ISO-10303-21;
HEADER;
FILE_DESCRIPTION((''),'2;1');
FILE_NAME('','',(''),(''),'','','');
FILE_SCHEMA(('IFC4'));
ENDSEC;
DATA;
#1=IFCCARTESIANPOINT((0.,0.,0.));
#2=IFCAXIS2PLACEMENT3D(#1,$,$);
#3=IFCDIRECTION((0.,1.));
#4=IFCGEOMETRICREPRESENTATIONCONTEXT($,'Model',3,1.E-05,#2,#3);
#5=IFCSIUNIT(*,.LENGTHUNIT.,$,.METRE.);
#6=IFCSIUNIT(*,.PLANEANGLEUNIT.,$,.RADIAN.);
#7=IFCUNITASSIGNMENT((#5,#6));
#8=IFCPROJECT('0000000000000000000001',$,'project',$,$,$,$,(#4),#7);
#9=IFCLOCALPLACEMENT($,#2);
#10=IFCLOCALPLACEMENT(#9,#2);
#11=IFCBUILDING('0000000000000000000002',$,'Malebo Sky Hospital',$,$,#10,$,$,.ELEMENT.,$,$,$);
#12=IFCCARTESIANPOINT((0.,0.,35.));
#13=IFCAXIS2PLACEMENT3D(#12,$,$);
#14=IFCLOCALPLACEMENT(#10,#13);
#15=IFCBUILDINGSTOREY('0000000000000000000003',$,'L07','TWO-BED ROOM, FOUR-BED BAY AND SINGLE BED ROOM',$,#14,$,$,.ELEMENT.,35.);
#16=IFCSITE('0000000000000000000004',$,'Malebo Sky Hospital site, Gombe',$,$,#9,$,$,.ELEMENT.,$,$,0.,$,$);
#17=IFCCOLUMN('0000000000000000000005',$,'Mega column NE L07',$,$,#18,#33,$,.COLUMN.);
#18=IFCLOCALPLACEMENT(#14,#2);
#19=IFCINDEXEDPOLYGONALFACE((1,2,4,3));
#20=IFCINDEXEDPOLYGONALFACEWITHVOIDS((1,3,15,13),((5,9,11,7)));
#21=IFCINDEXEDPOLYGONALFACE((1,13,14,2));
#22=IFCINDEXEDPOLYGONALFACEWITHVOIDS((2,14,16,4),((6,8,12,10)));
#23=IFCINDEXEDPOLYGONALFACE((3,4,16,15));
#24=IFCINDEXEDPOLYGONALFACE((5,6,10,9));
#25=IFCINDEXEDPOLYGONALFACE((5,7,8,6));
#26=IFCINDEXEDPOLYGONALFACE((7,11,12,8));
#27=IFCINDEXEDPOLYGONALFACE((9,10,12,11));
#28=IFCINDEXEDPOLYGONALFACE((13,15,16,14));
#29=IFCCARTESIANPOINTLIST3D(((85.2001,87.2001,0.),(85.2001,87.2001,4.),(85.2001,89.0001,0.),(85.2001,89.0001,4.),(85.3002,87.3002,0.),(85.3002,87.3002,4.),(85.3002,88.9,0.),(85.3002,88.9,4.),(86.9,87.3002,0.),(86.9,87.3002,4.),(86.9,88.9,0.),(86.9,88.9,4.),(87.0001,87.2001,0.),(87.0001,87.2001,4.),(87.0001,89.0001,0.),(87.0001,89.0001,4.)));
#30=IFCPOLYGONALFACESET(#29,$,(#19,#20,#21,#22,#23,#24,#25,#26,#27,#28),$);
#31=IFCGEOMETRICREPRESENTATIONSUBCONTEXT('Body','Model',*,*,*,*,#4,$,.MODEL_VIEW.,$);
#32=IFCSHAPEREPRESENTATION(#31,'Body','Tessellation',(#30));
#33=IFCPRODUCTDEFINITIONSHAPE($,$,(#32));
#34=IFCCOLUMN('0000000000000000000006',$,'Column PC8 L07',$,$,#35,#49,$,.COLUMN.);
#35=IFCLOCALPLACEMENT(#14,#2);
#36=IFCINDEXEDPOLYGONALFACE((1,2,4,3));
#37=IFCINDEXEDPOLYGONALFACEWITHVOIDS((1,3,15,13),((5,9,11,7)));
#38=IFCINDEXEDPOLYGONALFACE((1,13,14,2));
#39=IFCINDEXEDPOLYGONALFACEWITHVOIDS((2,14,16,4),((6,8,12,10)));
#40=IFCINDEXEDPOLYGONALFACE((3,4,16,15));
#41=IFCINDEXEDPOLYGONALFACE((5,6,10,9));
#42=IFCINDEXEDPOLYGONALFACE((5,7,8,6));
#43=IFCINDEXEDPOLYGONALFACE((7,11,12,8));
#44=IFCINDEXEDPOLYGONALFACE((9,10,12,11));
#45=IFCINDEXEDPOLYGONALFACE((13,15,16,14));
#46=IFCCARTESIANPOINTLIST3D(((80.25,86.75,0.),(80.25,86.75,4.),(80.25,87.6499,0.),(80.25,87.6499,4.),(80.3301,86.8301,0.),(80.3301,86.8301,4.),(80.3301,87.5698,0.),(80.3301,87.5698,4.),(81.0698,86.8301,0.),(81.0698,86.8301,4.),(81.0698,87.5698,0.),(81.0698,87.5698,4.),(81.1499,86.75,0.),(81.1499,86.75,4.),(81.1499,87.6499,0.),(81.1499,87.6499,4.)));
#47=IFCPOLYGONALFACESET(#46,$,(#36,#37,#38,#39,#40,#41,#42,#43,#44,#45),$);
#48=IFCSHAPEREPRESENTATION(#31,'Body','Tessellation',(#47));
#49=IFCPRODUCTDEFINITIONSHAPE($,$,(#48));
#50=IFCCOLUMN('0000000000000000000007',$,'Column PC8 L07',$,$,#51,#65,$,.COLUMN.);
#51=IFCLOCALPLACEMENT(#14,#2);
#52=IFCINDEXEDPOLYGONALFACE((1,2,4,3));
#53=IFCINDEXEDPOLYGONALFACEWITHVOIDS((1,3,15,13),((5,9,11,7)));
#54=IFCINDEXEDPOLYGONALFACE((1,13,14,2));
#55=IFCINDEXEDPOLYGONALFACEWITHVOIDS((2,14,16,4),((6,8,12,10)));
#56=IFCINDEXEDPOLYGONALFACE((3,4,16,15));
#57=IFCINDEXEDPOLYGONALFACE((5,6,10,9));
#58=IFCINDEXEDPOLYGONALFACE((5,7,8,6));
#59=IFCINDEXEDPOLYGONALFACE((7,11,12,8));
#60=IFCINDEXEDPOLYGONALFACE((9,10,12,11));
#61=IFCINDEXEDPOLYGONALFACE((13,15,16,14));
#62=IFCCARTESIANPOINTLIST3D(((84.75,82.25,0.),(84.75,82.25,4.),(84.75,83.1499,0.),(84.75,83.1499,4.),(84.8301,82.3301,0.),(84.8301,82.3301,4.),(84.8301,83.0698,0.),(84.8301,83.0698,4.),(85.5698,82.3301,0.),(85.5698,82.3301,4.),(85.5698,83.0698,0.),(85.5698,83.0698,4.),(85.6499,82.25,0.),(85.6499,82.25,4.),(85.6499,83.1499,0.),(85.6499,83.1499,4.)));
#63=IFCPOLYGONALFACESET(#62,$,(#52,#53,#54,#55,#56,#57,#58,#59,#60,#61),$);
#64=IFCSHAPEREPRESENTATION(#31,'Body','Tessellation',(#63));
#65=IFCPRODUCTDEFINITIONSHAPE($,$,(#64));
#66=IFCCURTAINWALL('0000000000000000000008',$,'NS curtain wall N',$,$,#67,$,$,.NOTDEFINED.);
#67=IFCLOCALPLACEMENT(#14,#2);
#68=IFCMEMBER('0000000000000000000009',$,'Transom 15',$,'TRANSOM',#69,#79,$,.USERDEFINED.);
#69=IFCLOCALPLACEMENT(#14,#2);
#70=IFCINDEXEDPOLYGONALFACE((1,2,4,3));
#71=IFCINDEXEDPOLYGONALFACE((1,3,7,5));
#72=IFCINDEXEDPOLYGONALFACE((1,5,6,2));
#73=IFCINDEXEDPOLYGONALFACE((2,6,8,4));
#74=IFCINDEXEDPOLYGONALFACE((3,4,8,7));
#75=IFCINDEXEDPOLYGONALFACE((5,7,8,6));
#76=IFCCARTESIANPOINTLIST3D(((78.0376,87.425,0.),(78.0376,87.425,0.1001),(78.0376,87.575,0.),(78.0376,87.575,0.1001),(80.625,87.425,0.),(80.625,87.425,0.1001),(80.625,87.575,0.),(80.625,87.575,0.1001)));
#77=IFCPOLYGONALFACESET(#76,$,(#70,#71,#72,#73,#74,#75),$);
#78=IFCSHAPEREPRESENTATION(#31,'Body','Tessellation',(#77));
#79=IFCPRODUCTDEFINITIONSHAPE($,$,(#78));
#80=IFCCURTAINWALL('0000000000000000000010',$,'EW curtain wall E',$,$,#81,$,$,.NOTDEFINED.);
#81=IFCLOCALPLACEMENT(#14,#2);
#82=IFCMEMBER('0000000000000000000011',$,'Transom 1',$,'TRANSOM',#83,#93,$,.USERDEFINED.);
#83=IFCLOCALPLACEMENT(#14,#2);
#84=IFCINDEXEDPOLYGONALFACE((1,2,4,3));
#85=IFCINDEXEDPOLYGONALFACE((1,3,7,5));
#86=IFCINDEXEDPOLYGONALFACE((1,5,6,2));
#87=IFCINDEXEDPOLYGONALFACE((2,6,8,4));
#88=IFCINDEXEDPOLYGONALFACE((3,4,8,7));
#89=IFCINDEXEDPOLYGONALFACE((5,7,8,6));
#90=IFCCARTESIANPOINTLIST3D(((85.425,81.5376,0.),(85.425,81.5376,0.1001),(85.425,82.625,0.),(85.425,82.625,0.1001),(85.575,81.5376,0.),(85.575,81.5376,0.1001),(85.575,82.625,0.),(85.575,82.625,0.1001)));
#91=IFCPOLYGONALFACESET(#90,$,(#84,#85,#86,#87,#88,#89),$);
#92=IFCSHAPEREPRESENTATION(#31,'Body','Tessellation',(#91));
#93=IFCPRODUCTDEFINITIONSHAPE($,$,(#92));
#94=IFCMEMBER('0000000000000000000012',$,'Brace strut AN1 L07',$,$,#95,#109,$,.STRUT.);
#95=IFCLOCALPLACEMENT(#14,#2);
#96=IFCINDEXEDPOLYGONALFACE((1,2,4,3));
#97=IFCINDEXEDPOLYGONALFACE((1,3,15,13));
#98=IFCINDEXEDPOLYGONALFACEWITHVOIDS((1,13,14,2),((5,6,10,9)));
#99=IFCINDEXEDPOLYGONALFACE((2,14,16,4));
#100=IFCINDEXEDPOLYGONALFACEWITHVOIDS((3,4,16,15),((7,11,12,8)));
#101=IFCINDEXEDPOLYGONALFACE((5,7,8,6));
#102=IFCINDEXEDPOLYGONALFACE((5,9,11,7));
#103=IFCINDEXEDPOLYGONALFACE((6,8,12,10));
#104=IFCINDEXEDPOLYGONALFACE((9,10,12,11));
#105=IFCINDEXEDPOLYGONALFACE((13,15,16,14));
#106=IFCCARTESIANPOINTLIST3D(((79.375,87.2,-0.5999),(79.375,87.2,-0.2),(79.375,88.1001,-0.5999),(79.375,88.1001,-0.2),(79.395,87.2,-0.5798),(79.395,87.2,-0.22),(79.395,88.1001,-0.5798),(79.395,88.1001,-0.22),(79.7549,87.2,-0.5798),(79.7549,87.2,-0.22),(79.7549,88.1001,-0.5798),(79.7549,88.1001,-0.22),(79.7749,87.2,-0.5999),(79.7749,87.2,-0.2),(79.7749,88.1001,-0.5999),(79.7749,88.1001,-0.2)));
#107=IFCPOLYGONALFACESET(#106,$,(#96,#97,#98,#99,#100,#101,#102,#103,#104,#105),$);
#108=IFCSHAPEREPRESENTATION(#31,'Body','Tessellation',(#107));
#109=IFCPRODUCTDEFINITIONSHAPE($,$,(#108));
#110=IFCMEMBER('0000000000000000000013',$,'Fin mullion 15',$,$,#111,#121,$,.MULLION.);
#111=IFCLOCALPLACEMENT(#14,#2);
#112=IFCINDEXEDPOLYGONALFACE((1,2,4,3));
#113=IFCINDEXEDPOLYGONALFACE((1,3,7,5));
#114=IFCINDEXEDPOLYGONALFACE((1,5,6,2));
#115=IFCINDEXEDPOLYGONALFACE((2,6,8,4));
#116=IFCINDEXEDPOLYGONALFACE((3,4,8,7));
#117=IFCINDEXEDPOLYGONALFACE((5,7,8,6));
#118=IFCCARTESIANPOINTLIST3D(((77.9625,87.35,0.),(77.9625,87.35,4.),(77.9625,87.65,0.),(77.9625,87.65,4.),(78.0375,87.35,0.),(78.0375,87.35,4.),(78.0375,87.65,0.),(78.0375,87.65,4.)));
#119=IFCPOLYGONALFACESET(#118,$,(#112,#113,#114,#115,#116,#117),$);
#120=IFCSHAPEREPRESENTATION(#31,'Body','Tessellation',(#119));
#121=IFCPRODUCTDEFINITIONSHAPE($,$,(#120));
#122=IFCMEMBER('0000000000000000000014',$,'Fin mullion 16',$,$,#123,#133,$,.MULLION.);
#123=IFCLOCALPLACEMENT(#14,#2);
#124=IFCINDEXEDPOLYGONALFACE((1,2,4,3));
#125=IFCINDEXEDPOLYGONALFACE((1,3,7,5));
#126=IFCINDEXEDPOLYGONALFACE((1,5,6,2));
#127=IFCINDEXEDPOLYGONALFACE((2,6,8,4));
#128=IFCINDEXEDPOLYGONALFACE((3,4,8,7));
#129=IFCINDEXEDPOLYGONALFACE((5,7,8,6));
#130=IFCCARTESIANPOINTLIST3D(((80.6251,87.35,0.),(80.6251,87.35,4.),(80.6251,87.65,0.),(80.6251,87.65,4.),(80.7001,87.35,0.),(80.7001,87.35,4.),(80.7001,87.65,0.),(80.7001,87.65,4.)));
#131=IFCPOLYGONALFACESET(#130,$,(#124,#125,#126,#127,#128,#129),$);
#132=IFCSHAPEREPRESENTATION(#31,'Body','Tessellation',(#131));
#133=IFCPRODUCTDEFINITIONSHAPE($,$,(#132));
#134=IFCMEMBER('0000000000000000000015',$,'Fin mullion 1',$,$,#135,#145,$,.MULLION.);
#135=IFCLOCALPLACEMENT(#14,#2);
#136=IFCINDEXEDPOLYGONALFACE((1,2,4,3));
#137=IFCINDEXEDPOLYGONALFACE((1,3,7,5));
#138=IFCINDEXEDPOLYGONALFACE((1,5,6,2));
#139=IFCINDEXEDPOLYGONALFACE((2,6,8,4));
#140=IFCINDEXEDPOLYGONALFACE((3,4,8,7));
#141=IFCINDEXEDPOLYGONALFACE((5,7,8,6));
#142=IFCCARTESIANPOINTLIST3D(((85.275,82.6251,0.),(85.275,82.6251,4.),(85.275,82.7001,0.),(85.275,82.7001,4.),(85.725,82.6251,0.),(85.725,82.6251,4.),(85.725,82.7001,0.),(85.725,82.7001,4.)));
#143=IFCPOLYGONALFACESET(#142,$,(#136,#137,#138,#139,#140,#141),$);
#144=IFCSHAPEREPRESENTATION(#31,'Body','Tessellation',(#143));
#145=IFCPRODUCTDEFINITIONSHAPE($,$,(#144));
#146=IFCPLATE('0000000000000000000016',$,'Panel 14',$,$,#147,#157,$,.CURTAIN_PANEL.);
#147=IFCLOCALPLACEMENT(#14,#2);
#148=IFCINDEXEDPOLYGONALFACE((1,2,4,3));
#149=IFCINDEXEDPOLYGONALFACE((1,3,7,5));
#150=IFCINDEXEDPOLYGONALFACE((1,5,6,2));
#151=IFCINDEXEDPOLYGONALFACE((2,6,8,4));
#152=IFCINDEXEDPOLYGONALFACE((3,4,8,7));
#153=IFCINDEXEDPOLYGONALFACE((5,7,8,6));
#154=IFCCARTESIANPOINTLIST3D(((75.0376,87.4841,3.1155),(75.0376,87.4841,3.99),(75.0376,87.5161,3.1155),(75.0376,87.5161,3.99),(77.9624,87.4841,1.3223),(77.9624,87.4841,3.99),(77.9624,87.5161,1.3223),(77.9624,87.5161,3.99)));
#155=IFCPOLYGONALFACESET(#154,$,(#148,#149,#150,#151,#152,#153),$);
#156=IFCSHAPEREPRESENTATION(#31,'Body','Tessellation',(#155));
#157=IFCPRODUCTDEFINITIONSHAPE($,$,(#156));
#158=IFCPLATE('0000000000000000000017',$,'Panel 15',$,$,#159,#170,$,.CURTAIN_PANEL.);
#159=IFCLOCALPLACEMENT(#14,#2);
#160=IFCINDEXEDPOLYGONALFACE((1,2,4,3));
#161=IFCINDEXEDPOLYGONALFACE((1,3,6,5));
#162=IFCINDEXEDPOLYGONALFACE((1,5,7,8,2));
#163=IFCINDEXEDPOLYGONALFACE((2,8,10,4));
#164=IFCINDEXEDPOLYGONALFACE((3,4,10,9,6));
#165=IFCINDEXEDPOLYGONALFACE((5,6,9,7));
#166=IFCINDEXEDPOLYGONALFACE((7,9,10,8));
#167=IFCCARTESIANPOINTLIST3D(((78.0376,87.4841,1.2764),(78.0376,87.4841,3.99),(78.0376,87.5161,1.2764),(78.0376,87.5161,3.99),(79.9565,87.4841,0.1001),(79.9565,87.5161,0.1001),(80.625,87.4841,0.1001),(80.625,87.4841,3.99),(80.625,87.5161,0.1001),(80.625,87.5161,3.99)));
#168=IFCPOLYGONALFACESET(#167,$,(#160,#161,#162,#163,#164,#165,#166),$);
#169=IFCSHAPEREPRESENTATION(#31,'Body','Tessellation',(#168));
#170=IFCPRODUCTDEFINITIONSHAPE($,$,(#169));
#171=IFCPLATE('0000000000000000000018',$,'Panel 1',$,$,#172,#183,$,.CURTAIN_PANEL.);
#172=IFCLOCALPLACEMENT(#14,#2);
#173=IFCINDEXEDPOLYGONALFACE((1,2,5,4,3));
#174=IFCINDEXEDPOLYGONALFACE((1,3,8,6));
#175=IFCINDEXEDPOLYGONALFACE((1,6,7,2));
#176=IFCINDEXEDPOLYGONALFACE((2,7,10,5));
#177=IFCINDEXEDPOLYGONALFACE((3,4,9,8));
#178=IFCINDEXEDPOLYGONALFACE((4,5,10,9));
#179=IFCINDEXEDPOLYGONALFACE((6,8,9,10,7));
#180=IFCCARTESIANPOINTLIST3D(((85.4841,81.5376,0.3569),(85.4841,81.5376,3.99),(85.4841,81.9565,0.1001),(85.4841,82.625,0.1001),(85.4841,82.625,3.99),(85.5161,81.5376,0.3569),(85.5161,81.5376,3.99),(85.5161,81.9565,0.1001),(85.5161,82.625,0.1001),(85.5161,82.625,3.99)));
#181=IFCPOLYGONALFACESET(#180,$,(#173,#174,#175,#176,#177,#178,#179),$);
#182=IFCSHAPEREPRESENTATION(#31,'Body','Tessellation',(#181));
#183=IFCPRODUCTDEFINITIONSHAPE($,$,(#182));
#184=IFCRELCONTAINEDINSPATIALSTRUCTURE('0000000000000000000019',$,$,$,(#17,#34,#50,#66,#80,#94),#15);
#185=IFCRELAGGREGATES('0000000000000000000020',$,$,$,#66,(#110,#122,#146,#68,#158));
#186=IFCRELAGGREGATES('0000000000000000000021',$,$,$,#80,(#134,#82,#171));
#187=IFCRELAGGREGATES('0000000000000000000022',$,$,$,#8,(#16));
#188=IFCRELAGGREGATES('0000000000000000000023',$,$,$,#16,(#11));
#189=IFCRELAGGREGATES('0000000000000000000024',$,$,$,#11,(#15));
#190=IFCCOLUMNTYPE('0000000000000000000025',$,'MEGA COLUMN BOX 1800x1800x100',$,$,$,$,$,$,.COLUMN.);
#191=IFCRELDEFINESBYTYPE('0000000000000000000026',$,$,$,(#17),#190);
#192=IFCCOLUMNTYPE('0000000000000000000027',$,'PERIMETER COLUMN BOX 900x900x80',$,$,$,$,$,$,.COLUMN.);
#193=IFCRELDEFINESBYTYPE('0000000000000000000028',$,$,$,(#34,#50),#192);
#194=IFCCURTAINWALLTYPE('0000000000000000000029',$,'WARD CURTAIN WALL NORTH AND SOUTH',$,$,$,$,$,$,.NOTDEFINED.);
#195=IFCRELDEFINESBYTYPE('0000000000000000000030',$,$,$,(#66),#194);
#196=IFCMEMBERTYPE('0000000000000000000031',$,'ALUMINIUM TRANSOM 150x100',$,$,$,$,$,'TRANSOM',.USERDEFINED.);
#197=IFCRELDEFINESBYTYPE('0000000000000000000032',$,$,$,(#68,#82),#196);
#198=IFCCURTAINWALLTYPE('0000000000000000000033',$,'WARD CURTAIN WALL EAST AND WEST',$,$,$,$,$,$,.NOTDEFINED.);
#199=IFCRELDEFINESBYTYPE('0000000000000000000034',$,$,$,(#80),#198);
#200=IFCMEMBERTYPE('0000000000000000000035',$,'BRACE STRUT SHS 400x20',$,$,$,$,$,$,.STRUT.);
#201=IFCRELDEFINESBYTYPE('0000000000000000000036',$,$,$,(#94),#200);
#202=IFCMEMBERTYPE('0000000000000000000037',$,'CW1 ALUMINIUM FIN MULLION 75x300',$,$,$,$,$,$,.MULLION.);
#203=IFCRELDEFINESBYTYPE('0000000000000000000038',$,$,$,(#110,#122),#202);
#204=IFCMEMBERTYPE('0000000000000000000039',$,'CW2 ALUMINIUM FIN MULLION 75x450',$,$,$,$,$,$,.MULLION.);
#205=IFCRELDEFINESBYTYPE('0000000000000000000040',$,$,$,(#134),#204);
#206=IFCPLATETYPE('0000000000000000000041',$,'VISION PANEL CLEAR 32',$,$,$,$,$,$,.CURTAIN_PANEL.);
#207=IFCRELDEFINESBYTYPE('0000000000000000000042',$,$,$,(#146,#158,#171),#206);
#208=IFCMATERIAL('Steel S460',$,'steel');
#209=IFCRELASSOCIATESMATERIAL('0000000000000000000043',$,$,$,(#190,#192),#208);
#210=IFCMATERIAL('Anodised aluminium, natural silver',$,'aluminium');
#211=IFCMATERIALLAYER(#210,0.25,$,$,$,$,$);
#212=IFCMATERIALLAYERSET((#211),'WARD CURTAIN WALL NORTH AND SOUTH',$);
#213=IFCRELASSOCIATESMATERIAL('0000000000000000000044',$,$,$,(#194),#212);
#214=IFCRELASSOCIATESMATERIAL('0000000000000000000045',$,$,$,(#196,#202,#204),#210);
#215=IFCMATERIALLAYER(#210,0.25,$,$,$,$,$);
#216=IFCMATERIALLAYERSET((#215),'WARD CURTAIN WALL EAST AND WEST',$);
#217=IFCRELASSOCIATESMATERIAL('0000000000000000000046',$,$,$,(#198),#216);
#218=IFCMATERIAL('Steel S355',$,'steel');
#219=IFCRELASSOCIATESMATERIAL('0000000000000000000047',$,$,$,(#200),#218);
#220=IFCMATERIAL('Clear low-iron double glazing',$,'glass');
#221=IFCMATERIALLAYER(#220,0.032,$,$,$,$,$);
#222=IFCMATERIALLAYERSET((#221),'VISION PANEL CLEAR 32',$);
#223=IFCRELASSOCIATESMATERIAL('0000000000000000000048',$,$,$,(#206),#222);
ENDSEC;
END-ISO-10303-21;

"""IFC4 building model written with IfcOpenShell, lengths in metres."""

from ifc_helpers import new_model, si_unit, direction, frame, origin, origin_2d, place, context, subcontext, project, spatial, polyline, rectangle, hollow_rectangle, outline, extrude, material, layer, layer_set, material_profile, profile_set, type_object, element, aggregate, save


model = new_model("IFC4")

# Units and contexts
model_context = context("Model", 3, precision=1e-05, world=origin(), true_north=direction((0.0, 1.0)))
body_context = subcontext(model_context, "Body", "Model", "MODEL_VIEW")
ifc_project = project(units=[si_unit("LENGTHUNIT", "METRE"), si_unit("PLANEANGLEUNIT", "RADIAN")], contexts=[model_context])

# Site, building, storey
site_placement = place(None, origin())
site = spatial("IfcSite", under=ifc_project, at=site_placement, Name="Malebo Sky Hospital site, Gombe", CompositionType="ELEMENT", RefElevation=0.0)
building_placement = place(site_placement, origin())
building = spatial("IfcBuilding", under=site, at=building_placement, Name="Malebo Sky Hospital", CompositionType="ELEMENT")
storey_placement = place(building_placement, frame((0.0, 0.0, 35.0)))
storey = spatial("IfcBuildingStorey", under=building, at=storey_placement, Name="L07", Description="TWO-BED ROOM, FOUR-BED BAY AND SINGLE BED ROOM", CompositionType="ELEMENT", Elevation=35.0)

# Columns
ifc_material_1 = material(Name="Steel S460", Category="steel")
ifc_material_profile_1 = material_profile(ifc_material_1, hollow_rectangle(XDim=1.8, YDim=1.8, WallThickness=0.1001, at=origin_2d()), Name="BOX 1800x1800x100")
ifc_profile_set_1 = profile_set([ifc_material_profile_1], Name="Steel S460")
column_type_1 = type_object("IfcColumnType", Name="MEGA COLUMN BOX 1800x1800x100", PredefinedType="COLUMN", material=ifc_profile_set_1)
column_placement = place(storey_placement, frame((86.1001, 88.1001, 0.0), z_axis=(0.0, 0.0, 1.0), x_axis=(1.0, 0.0, 0.0)))
element("IfcColumn", 1, at=column_placement, inside=storey, type_object=column_type_1, Name="Mega column NE L07", PredefinedType="COLUMN", context=body_context, shape_type="SweptSolid", body=[
    extrude(hollow_rectangle(XDim=1.8, YDim=1.8, WallThickness=0.1001, at=origin_2d()), origin(), (0.0, 0.0, 1.0), 4.0),
])
ifc_material_profile_2 = material_profile(ifc_material_1, hollow_rectangle(XDim=0.8999, YDim=0.8999, WallThickness=0.0801, at=origin_2d()), Name="BOX 900x900x80")
ifc_profile_set_2 = profile_set([ifc_material_profile_2], Name="Steel S460")
column_type_2 = type_object("IfcColumnType", Name="PERIMETER COLUMN BOX 900x900x80", PredefinedType="COLUMN", material=ifc_profile_set_2)
for number, where, z_axis, x_axis, name in (
    (2, (80.7, 87.2, 0.0), (0.0, 0.0, 1.0), (1.0, 0.0, 0.0), "Column PC8 L07"),
    (3, (85.2, 82.7, 0.0), (0.0, 0.0, 1.0), (1.0, 0.0, 0.0), "Column PC8 L07"),
):
    element("IfcColumn", number, at=place(storey_placement, frame(where, z_axis=z_axis, x_axis=x_axis)), inside=storey, type_object=column_type_2, Name=name, PredefinedType="COLUMN", context=body_context, shape_type="SweptSolid", body=[
        extrude(hollow_rectangle(XDim=0.8999, YDim=0.8999, WallThickness=0.0801, at=origin_2d()), origin(), (0.0, 0.0, 1.0), 4.0),
    ])

# Curtain walls, members
ifc_material_2 = material(Name="Anodised aluminium, natural silver", Category="aluminium")
ifc_layer_1 = layer(ifc_material_2, 0.25)
ifc_layer_set_1 = layer_set([ifc_layer_1], Name="WARD CURTAIN WALL NORTH AND SOUTH")
curtain_wall_type_1 = type_object("IfcCurtainWallType", Name="WARD CURTAIN WALL NORTH AND SOUTH", PredefinedType="NOTDEFINED", material=ifc_layer_set_1)
curtain_wall_1_placement = place(storey_placement, origin())
curtain_wall_1 = element("IfcCurtainWall", 4, at=curtain_wall_1_placement, inside=storey, type_object=curtain_wall_type_1, Name="NS curtain wall N", PredefinedType="NOTDEFINED")
ifc_material_profile_3 = material_profile(ifc_material_2, rectangle(XDim=0.1499, YDim=0.1001, at=origin_2d()), Name="ALUMINIUM TRANSOM 150x100")
ifc_profile_set_3 = profile_set([ifc_material_profile_3], Name="Anodised aluminium, natural silver")
member_type_1 = type_object("IfcMemberType", Name="ALUMINIUM TRANSOM 150x100", ElementType="TRANSOM", PredefinedType="USERDEFINED", material=ifc_profile_set_3)
member_1_placement = place(storey_placement, frame((78.0376, 87.5, 0.05), z_axis=(1.0, 0.0, 0.0), x_axis=(0.0, 1.0, 0.0)))
member_1 = element("IfcMember", 5, at=member_1_placement, type_object=member_type_1, Name="Transom 15", ObjectType="TRANSOM", PredefinedType="USERDEFINED", context=body_context, shape_type="SweptSolid", body=[
    extrude(rectangle(XDim=0.1499, YDim=0.1001, at=origin_2d()), origin(), (0.0, 0.0, 1.0), 2.5874),
])
ifc_layer_2 = layer(ifc_material_2, 0.25)
ifc_layer_set_2 = layer_set([ifc_layer_2], Name="WARD CURTAIN WALL EAST AND WEST")
curtain_wall_type_2 = type_object("IfcCurtainWallType", Name="WARD CURTAIN WALL EAST AND WEST", PredefinedType="NOTDEFINED", material=ifc_layer_set_2)
curtain_wall_2_placement = place(storey_placement, origin())
curtain_wall_2 = element("IfcCurtainWall", 6, at=curtain_wall_2_placement, inside=storey, type_object=curtain_wall_type_2, Name="EW curtain wall E", PredefinedType="NOTDEFINED")
member_2_placement = place(storey_placement, frame((85.5, 82.625, 0.05), z_axis=(0.0, -1.0, 0.0), x_axis=(1.0, 0.0, 0.0)))
member_2 = element("IfcMember", 7, at=member_2_placement, type_object=member_type_1, Name="Transom 1", ObjectType="TRANSOM", PredefinedType="USERDEFINED", context=body_context, shape_type="SweptSolid", body=[
    extrude(rectangle(XDim=0.1499, YDim=0.1001, at=origin_2d()), origin(), (0.0, 0.0, 1.0), 1.0874),
])

# Members
ifc_material_3 = material(Name="Steel S355", Category="steel")
ifc_material_profile_4 = material_profile(ifc_material_3, hollow_rectangle(XDim=0.3999, YDim=0.3999, WallThickness=0.02, at=origin_2d()), Name="SHS 400x20")
ifc_profile_set_4 = profile_set([ifc_material_profile_4], Name="Steel S355")
member_type_2 = type_object("IfcMemberType", Name="BRACE STRUT SHS 400x20", PredefinedType="STRUT", material=ifc_profile_set_4)
member_3_placement = place(storey_placement, frame((79.575, 88.1001, -0.3999), z_axis=(0.0, -1.0, 0.0), x_axis=(1.0, 0.0, 0.0)))
element("IfcMember", 8, at=member_3_placement, inside=storey, type_object=member_type_2, Name="Brace strut AN1 L07", PredefinedType="STRUT", context=body_context, shape_type="SweptSolid", body=[
    extrude(hollow_rectangle(XDim=0.3999, YDim=0.3999, WallThickness=0.02, at=origin_2d()), origin(), (0.0, 0.0, 1.0), 0.9001),
])
ifc_material_profile_5 = material_profile(ifc_material_2, rectangle(XDim=0.075, YDim=0.3, at=origin_2d()), Name="CW1 ALUMINIUM FIN MULLION 75x300")
ifc_profile_set_5 = profile_set([ifc_material_profile_5], Name="Anodised aluminium, natural silver")
member_type_3 = type_object("IfcMemberType", Name="CW1 ALUMINIUM FIN MULLION 75x300", PredefinedType="MULLION", material=ifc_profile_set_5)
member_4_placement = place(storey_placement, frame((78.0, 87.5, 0.0), z_axis=(0.0, 0.0, 1.0), x_axis=(1.0, 0.0, 0.0)))
member_4 = element("IfcMember", 9, at=member_4_placement, type_object=member_type_3, Name="Fin mullion 15", PredefinedType="MULLION", context=body_context, shape_type="SweptSolid", body=[
    extrude(rectangle(XDim=0.075, YDim=0.3, at=origin_2d()), origin(), (0.0, 0.0, 1.0), 4.0),
])
member_5_placement = place(storey_placement, frame((80.6626, 87.5, 0.0), z_axis=(0.0, 0.0, 1.0), x_axis=(1.0, 0.0, 0.0)))
member_5 = element("IfcMember", 10, at=member_5_placement, type_object=member_type_3, Name="Fin mullion 16", PredefinedType="MULLION", context=body_context, shape_type="SweptSolid", body=[
    extrude(rectangle(XDim=0.075, YDim=0.3, at=origin_2d()), origin(), (0.0, 0.0, 1.0), 4.0),
])
ifc_material_profile_6 = material_profile(ifc_material_2, rectangle(XDim=0.075, YDim=0.45, at=origin_2d()), Name="CW2 ALUMINIUM FIN MULLION 75x450")
ifc_profile_set_6 = profile_set([ifc_material_profile_6], Name="Anodised aluminium, natural silver")
member_type_4 = type_object("IfcMemberType", Name="CW2 ALUMINIUM FIN MULLION 75x450", PredefinedType="MULLION", material=ifc_profile_set_6)
member_6_placement = place(storey_placement, frame((85.5, 82.6626, 0.0), z_axis=(0.0, 0.0, 1.0), x_axis=(0.0, -1.0, 0.0)))
member_6 = element("IfcMember", 11, at=member_6_placement, type_object=member_type_4, Name="Fin mullion 1", PredefinedType="MULLION", context=body_context, shape_type="SweptSolid", body=[
    extrude(rectangle(XDim=0.075, YDim=0.45, at=origin_2d()), origin(), (0.0, 0.0, 1.0), 4.0),
])

# Plates
ifc_material_4 = material(Name="Clear low-iron double glazing", Category="glass")
ifc_layer_3 = layer(ifc_material_4, 0.032)
ifc_layer_set_3 = layer_set([ifc_layer_3], Name="VISION PANEL CLEAR 32")
plate_type = type_object("IfcPlateType", Name="VISION PANEL CLEAR 32", PredefinedType="CURTAIN_PANEL", material=ifc_layer_set_3)
plate_1_placement = place(storey_placement, frame((76.5, 87.5, 1.3223), z_axis=(0.0, 0.0, 1.0), x_axis=(1.0, 0.0, 0.0)))
plate_1 = element("IfcPlate", 12, at=plate_1_placement, type_object=plate_type, Name="Panel 14", PredefinedType="CURTAIN_PANEL", context=body_context, shape_type="SweptSolid", body=[
    extrude(outline(polyline([(1.4624, 0.0), (1.4624, 2.6677), (-1.4624, 2.6677), (-1.4624, 1.7932), (1.4624, 0.0)])), frame((0.0, 0.0161, 0.0), z_axis=(0.0, -1.0, 0.0), x_axis=(1.0, 0.0, 0.0)), (0.0, 0.0, 1.0), 0.032),
])
plate_2_placement = place(storey_placement, frame((79.3313, 87.5, 0.1001), z_axis=(0.0, 0.0, 1.0), x_axis=(1.0, 0.0, 0.0)))
plate_2 = element("IfcPlate", 13, at=plate_2_placement, type_object=plate_type, Name="Panel 15", PredefinedType="CURTAIN_PANEL", context=body_context, shape_type="SweptSolid", body=[
    extrude(outline(polyline([(0.6252, 0.0), (1.2937, 0.0), (1.2937, 3.8899), (-1.2937, 3.8899), (-1.2937, 1.1763), (0.6252, 0.0)])), frame((0.0, 0.0161, 0.0), z_axis=(0.0, -1.0, 0.0), x_axis=(1.0, 0.0, 0.0)), (0.0, 0.0, 1.0), 0.032),
])
aggregate(curtain_wall_1, [member_4, member_5, plate_1, member_1, plate_2])
plate_3_placement = place(storey_placement, frame((85.5, 82.0813, 0.1001), z_axis=(0.0, 0.0, 1.0), x_axis=(0.0, -1.0, 0.0)))
plate_3 = element("IfcPlate", 14, at=plate_3_placement, type_object=plate_type, Name="Panel 1", PredefinedType="CURTAIN_PANEL", context=body_context, shape_type="SweptSolid", body=[
    extrude(outline(polyline([(-0.5437, 0.0), (0.1248, 0.0), (0.5437, 0.2568), (0.5437, 3.8899), (-0.5437, 3.8899), (-0.5437, 0.0)])), frame((0.0, 0.0161, 0.0), z_axis=(0.0, -1.0, 0.0), x_axis=(1.0, 0.0, 0.0)), (0.0, 0.0, 1.0), 0.032),
])
aggregate(curtain_wall_2, [member_6, member_2, plate_3])

save(model, "model.ifc")
